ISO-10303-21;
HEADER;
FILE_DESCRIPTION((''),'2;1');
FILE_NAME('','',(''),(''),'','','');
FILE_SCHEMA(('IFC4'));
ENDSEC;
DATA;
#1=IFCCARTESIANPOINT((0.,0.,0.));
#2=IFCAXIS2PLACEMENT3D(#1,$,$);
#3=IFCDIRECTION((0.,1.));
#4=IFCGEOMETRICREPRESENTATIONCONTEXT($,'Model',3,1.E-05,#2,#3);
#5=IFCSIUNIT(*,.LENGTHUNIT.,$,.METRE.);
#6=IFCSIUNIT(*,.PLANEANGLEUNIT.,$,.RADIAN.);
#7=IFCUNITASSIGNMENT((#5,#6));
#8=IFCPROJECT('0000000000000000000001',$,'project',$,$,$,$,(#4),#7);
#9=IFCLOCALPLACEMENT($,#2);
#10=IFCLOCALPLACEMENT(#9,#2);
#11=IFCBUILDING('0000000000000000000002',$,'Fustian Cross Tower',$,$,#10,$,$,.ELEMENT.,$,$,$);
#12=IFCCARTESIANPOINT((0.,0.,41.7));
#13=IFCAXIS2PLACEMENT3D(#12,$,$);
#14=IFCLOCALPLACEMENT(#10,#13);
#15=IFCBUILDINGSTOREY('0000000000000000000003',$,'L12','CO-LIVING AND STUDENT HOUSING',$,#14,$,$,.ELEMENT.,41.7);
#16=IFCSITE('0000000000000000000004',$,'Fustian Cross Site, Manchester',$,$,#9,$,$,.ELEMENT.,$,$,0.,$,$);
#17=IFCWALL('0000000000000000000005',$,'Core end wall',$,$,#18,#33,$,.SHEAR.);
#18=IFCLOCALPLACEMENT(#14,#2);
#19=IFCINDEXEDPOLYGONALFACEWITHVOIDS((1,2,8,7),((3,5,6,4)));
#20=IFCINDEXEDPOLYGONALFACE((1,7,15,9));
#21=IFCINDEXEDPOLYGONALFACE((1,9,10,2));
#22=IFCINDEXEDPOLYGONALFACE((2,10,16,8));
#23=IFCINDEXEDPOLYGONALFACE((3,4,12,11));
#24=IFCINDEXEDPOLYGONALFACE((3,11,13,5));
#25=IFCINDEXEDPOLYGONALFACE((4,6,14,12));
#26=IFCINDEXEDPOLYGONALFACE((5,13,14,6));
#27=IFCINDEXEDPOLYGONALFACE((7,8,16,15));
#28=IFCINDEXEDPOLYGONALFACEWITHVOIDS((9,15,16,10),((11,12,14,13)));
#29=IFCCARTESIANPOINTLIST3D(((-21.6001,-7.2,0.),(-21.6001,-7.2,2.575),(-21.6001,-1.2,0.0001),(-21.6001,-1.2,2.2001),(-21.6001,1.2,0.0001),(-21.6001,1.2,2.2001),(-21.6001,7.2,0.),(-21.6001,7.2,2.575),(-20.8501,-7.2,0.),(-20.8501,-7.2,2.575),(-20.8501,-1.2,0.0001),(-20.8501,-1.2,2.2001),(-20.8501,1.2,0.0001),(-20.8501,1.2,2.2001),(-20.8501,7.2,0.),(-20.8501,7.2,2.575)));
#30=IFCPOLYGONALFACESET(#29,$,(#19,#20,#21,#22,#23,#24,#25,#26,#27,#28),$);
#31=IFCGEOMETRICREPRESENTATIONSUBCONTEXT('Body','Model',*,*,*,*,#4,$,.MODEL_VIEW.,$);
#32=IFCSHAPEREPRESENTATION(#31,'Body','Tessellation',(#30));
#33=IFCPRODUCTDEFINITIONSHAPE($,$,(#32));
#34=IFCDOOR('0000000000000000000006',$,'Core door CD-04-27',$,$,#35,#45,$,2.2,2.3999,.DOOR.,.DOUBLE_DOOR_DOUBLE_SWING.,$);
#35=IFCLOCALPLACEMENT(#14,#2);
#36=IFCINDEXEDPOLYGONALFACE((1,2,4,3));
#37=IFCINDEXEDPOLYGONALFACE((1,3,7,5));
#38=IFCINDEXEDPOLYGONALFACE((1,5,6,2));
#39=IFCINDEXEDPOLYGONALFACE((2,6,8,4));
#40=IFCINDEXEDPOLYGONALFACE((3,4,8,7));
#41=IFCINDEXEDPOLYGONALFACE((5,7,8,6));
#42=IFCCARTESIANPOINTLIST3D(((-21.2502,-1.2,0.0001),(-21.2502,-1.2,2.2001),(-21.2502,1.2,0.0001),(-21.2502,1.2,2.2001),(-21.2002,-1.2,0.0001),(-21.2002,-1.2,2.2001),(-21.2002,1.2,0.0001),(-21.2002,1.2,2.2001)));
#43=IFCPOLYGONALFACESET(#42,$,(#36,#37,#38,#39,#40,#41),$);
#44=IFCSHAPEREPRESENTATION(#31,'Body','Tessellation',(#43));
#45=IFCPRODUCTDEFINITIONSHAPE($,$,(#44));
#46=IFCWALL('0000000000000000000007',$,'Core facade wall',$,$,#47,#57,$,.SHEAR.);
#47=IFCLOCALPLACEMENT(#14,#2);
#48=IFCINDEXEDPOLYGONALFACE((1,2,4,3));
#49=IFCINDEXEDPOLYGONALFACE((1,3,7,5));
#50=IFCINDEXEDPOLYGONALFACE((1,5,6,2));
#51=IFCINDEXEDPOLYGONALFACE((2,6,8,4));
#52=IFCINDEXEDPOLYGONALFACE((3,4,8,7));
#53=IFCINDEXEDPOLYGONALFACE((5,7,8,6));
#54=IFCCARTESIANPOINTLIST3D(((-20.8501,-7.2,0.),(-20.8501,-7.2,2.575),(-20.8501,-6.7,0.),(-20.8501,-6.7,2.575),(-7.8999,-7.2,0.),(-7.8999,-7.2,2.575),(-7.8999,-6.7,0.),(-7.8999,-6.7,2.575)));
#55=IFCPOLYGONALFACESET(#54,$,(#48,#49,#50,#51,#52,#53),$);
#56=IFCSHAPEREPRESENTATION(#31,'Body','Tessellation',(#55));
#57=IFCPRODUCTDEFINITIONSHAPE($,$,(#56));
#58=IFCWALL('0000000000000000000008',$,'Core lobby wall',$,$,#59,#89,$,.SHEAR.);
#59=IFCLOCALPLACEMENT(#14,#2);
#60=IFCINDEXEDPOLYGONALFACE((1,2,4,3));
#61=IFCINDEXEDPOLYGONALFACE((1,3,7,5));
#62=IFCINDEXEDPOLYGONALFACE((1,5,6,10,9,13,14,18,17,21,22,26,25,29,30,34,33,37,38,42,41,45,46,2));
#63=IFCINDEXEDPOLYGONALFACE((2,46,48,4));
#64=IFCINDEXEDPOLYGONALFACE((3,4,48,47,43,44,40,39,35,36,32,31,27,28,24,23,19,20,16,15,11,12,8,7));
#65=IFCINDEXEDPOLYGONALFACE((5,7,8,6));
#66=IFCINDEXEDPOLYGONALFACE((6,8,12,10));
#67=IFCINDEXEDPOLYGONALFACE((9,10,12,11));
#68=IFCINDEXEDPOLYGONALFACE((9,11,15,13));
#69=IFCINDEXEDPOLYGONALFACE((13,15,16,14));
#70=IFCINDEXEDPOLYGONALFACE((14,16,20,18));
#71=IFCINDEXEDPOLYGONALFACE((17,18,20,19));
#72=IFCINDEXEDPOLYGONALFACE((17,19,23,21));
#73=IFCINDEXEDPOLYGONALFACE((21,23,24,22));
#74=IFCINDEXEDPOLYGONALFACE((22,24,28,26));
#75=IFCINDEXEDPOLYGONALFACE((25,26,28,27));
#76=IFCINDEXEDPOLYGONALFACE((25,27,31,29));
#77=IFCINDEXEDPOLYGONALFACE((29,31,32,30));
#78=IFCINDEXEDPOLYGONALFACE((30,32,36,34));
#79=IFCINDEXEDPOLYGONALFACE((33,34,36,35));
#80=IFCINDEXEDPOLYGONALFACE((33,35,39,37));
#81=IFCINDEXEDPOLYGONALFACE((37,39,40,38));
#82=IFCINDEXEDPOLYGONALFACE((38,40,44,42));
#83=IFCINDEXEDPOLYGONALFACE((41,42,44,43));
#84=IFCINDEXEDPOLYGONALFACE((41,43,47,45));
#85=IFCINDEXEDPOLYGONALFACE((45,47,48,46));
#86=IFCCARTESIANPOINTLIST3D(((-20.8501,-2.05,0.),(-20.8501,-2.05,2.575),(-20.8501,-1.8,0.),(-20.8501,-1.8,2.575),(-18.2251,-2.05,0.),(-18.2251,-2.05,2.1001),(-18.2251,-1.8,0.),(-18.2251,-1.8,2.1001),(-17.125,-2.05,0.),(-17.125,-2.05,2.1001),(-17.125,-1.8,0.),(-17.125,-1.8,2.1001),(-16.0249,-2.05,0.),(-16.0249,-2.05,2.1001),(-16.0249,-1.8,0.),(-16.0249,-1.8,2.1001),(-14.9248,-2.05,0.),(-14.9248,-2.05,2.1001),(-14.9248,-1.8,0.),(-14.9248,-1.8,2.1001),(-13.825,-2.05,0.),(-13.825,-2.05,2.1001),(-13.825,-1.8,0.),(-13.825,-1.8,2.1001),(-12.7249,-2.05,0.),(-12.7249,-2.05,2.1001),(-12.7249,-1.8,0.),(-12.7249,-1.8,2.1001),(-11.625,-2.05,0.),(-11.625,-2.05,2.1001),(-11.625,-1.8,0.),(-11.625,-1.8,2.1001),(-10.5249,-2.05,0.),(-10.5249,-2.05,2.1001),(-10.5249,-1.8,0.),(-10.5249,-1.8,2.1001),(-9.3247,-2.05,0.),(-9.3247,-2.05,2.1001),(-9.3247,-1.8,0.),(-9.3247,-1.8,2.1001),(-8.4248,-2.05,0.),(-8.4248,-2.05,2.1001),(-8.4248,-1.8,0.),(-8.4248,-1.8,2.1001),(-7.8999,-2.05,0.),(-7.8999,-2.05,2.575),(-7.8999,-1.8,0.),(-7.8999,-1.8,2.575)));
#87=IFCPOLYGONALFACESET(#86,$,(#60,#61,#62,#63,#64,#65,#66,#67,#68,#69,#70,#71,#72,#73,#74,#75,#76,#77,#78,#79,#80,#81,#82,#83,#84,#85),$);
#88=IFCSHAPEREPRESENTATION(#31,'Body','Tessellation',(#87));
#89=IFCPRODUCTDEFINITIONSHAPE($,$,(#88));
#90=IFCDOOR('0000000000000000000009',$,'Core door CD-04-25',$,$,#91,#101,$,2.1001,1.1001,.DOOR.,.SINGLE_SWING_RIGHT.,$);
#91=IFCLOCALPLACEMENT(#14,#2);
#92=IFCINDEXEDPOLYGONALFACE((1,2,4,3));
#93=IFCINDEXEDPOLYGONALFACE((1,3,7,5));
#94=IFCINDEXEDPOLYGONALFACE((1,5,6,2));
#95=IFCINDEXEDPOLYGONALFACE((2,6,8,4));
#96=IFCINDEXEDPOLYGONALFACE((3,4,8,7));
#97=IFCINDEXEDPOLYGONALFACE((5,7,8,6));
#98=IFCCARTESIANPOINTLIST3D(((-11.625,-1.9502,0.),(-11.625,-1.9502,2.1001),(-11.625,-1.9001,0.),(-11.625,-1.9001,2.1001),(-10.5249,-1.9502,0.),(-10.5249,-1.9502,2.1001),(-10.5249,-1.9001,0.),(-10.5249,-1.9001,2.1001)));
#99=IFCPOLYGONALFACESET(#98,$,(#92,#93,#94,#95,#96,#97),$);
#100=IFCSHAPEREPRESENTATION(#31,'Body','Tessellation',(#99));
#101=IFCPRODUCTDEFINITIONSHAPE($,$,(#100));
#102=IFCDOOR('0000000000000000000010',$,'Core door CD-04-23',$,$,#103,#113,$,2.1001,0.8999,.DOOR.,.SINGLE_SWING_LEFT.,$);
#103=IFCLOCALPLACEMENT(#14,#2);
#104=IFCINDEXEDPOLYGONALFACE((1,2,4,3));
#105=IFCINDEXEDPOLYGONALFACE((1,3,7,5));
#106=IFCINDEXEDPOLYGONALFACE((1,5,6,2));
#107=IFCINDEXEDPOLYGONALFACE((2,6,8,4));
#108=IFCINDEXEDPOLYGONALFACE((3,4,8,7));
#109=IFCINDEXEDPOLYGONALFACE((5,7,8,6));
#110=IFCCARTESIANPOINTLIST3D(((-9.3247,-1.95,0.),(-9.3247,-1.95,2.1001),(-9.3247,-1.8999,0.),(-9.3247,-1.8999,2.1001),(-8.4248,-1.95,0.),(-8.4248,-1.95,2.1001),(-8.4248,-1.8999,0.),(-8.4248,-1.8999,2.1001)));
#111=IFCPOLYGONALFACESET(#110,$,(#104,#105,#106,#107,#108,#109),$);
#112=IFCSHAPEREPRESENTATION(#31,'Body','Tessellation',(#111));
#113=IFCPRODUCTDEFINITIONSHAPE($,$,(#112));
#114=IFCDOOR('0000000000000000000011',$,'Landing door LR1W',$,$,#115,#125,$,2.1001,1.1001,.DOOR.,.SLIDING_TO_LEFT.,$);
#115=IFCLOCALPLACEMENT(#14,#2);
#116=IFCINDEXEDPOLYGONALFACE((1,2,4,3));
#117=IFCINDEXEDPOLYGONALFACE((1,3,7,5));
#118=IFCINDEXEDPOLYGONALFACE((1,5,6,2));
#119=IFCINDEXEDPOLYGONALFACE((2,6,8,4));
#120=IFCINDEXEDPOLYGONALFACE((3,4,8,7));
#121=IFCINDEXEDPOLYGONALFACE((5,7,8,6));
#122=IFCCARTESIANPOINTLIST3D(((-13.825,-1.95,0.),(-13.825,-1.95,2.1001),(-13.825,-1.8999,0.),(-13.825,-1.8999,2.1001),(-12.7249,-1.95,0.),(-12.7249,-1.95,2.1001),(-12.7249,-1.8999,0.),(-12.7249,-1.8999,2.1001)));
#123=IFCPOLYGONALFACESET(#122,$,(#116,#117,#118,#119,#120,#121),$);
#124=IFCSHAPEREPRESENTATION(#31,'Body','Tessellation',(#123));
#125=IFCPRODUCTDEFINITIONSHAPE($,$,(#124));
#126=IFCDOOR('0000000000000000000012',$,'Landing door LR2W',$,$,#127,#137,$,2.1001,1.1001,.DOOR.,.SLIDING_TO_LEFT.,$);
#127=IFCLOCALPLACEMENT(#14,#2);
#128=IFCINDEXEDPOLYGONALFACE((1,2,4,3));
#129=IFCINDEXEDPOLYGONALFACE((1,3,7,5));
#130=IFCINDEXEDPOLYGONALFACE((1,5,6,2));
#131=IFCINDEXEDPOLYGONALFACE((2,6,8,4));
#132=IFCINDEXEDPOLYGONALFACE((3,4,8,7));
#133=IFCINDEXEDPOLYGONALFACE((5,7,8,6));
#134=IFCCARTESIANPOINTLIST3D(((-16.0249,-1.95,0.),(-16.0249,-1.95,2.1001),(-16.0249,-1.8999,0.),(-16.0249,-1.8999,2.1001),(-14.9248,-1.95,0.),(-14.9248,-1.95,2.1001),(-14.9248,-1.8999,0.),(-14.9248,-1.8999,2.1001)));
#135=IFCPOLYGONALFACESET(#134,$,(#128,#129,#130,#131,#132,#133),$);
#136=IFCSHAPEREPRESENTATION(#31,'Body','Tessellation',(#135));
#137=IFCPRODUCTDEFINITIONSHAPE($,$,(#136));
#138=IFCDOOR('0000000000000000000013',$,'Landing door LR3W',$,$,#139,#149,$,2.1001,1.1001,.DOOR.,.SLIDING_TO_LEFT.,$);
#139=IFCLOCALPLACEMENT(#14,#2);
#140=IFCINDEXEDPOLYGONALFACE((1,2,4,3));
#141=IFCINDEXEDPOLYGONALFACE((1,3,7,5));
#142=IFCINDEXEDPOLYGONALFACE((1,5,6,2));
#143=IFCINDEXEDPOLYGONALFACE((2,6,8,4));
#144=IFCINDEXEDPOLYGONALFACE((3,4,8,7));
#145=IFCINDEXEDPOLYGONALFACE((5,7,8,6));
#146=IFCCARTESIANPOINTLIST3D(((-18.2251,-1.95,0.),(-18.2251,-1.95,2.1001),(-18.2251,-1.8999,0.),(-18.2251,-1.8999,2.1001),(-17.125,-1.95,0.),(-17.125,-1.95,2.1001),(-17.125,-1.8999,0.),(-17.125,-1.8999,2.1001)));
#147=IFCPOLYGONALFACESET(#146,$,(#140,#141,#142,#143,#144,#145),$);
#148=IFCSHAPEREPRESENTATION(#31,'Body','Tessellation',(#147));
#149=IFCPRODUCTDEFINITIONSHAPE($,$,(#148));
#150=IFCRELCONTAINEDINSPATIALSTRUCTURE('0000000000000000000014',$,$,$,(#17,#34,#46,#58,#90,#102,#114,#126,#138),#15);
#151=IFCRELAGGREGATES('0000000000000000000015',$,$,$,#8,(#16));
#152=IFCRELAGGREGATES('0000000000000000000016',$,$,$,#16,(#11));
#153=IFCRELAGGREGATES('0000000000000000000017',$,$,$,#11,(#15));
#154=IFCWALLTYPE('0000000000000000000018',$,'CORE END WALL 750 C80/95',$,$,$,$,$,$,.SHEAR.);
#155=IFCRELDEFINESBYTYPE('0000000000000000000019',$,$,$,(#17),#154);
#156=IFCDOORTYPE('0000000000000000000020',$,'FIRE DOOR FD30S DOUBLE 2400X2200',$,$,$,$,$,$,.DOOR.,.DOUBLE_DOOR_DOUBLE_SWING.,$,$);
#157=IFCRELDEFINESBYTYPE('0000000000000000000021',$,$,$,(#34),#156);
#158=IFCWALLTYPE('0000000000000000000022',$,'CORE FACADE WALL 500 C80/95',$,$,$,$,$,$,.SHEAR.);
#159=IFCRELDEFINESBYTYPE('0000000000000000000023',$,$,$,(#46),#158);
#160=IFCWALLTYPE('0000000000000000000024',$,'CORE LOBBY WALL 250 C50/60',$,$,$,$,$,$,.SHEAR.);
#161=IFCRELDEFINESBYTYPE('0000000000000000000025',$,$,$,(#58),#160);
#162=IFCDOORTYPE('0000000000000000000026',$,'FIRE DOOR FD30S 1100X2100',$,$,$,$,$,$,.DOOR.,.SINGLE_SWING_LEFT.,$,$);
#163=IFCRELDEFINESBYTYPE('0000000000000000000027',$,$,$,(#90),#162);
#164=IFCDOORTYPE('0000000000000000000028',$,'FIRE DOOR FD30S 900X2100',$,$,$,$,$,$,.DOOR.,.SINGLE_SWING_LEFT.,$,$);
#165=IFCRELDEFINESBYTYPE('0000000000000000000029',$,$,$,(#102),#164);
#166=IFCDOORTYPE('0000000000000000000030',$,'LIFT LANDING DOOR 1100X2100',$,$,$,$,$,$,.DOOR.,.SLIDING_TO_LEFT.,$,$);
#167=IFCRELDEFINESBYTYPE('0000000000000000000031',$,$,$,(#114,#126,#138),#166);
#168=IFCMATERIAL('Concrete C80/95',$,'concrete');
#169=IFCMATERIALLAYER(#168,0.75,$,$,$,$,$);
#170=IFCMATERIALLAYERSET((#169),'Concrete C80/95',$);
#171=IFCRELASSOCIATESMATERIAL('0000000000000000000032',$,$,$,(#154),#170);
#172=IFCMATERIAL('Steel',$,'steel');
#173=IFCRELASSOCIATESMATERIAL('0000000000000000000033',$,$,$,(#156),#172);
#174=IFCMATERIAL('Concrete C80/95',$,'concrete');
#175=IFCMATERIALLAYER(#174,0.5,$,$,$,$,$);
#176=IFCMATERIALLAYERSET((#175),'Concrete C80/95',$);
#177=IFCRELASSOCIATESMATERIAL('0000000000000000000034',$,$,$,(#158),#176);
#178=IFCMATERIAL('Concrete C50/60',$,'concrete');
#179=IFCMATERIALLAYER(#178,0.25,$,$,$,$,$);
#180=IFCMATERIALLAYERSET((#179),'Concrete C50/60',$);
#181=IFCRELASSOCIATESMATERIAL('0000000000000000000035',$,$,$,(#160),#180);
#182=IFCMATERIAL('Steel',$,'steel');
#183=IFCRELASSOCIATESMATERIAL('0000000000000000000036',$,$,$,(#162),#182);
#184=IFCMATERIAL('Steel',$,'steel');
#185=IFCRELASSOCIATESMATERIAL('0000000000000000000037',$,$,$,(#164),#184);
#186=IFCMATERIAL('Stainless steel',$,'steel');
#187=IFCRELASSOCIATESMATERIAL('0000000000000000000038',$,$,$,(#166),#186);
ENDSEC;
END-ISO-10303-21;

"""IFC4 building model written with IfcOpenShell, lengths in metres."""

from ifc_helpers import new_model, si_unit, direction, frame, frame_2d, origin, place, context, subcontext, project, spatial, rectangle, extrude, material, layer, layer_set, type_object, element, fill, save


model = new_model("IFC4")

# Units and contexts
model_context = context("Model", 3, precision=1e-05, world=origin(), true_north=direction((0.0, 1.0)))
body_context = subcontext(model_context, "Body", "Model", "MODEL_VIEW")
ifc_project = project(units=[si_unit("LENGTHUNIT", "METRE"), si_unit("PLANEANGLEUNIT", "RADIAN")], contexts=[model_context])

# Site, building, storey
site_placement = place(None, origin())
site = spatial("IfcSite", under=ifc_project, at=site_placement, Name="Fustian Cross Site, Manchester", CompositionType="ELEMENT", RefElevation=0.0)
building_placement = place(site_placement, origin())
building = spatial("IfcBuilding", under=site, at=building_placement, Name="Fustian Cross Tower", CompositionType="ELEMENT")
storey_placement = place(building_placement, frame((0.0, 0.0, 41.7)))
storey = spatial("IfcBuildingStorey", under=building, at=storey_placement, Name="L12", Description="CO-LIVING AND STUDENT HOUSING", CompositionType="ELEMENT", Elevation=41.7)

# Wall, opening, door
ifc_material_1 = material(Name="Concrete C80/95", Category="concrete")
ifc_layer_1 = layer(ifc_material_1, 0.75)
ifc_layer_set_1 = layer_set([ifc_layer_1], Name="Concrete C80/95")
wall_type_1 = type_object("IfcWallType", Name="CORE END WALL 750 C80/95", PredefinedType="SHEAR", material=ifc_layer_set_1)
wall_1_placement = place(storey_placement, frame((-21.2251, -7.2, 0.0), z_axis=(0.0, 0.0, 1.0), x_axis=(0.0, 1.0, 0.0)))
wall_1 = element("IfcWall", 1, at=wall_1_placement, inside=storey, type_object=wall_type_1, Name="Core end wall", PredefinedType="SHEAR", context=body_context, shape_type="SweptSolid", body=[
    extrude(rectangle(XDim=14.3999, YDim=0.75, at=frame_2d((7.2, 0.0))), origin(), (0.0, 0.0, 1.0), 2.575),
])
opening_1_placement = place(wall_1_placement, frame((6.0, 0.0, 0.0)))
opening_1 = element("IfcOpeningElement", 2, at=opening_1_placement, cuts=wall_1, PredefinedType="OPENING", context=body_context, shape_type="SweptSolid", body=[
    extrude(rectangle(XDim=2.3999, YDim=2.2, at=frame_2d((1.2, 1.1001))), frame((0.0, 0.385, 0.0), z_axis=(0.0, -1.0, 0.0), x_axis=(1.0, 0.0, 0.0)), (0.0, 0.0, 1.0), 0.77),
])
ifc_material_2 = material(Name="Steel", Category="steel")
door_type_1 = type_object("IfcDoorType", Name="FIRE DOOR FD30S DOUBLE 2400X2200", OperationType="DOUBLE_DOOR_DOUBLE_SWING", PredefinedType="DOOR", material=ifc_material_2)
door_1_placement = place(opening_1_placement, frame((2.3999, 0.0, 0.0), z_axis=(0.0, 0.0, 1.0), x_axis=(-1.0, 0.0, 0.0)))
door_1 = element("IfcDoor", 3, at=door_1_placement, inside=storey, type_object=door_type_1, Name="Core door CD-04-27", OperationType="DOUBLE_DOOR_DOUBLE_SWING", OverallHeight=2.2, OverallWidth=2.3999, PredefinedType="DOOR", context=body_context, shape_type="SweptSolid", body=[
    extrude(rectangle(XDim=2.3999, YDim=2.2, at=frame_2d((1.2, 1.1001))), frame((0.0, 0.0249, 0.0), z_axis=(0.0, -1.0, 0.0), x_axis=(1.0, 0.0, 0.0)), (0.0, 0.0, 1.0), 0.05),
])
fill(opening_1, door_1)

# Wall
ifc_material_3 = material(Name="Concrete C80/95", Category="concrete")
ifc_layer_2 = layer(ifc_material_3, 0.5)
ifc_layer_set_2 = layer_set([ifc_layer_2], Name="Concrete C80/95")
wall_type_2 = type_object("IfcWallType", Name="CORE FACADE WALL 500 C80/95", PredefinedType="SHEAR", material=ifc_layer_set_2)
wall_2_placement = place(storey_placement, frame((-7.8999, -6.95, 0.0), z_axis=(0.0, 0.0, 1.0), x_axis=(-1.0, 0.0, 0.0)))
element("IfcWall", 4, at=wall_2_placement, inside=storey, type_object=wall_type_2, Name="Core facade wall", PredefinedType="SHEAR", context=body_context, shape_type="SweptSolid", body=[
    extrude(rectangle(XDim=12.9502, YDim=0.5, at=frame_2d((6.4751, 0.0))), origin(), (0.0, 0.0, 1.0), 2.575),
])

# Wall, openings, doors
ifc_material_4 = material(Name="Concrete C50/60", Category="concrete")
ifc_layer_3 = layer(ifc_material_4, 0.25)
ifc_layer_set_3 = layer_set([ifc_layer_3], Name="Concrete C50/60")
wall_type_3 = type_object("IfcWallType", Name="CORE LOBBY WALL 250 C50/60", PredefinedType="SHEAR", material=ifc_layer_set_3)
wall_3_placement = place(storey_placement, frame((-7.8999, -1.925, 0.0), z_axis=(0.0, 0.0, 1.0), x_axis=(-1.0, 0.0, 0.0)))
wall_3 = element("IfcWall", 5, at=wall_3_placement, inside=storey, type_object=wall_type_3, Name="Core lobby wall", PredefinedType="SHEAR", context=body_context, shape_type="SweptSolid", body=[
    extrude(rectangle(XDim=12.9502, YDim=0.25, at=frame_2d((6.4751, 0.0))), origin(), (0.0, 0.0, 1.0), 2.575),
])
opening_2_placement = place(wall_3_placement, frame((4.825, 0.0, 0.0)))
opening_2 = element("IfcOpeningElement", 6, at=opening_2_placement, cuts=wall_3, PredefinedType="OPENING", context=body_context, shape_type="SweptSolid", body=[
    extrude(rectangle(XDim=1.1001, YDim=2.1001, at=frame_2d((0.55, 1.05))), frame((0.0, 0.135, 0.0), z_axis=(0.0, -1.0, 0.0), x_axis=(1.0, 0.0, 0.0)), (0.0, 0.0, 1.0), 0.27),
])
opening_3_placement = place(wall_3_placement, frame((7.0249, 0.0, 0.0)))
opening_3 = element("IfcOpeningElement", 7, at=opening_3_placement, cuts=wall_3, PredefinedType="OPENING", context=body_context, shape_type="SweptSolid", body=[
    extrude(rectangle(XDim=1.1001, YDim=2.1001, at=frame_2d((0.55, 1.05))), frame((0.0, 0.135, 0.0), z_axis=(0.0, -1.0, 0.0), x_axis=(1.0, 0.0, 0.0)), (0.0, 0.0, 1.0), 0.27),
])
opening_4_placement = place(wall_3_placement, frame((9.2251, 0.0, 0.0)))
opening_4 = element("IfcOpeningElement", 8, at=opening_4_placement, cuts=wall_3, PredefinedType="OPENING", context=body_context, shape_type="SweptSolid", body=[
    extrude(rectangle(XDim=1.1001, YDim=2.1001, at=frame_2d((0.55, 1.05))), frame((0.0, 0.135, 0.0), z_axis=(0.0, -1.0, 0.0), x_axis=(1.0, 0.0, 0.0)), (0.0, 0.0, 1.0), 0.27),
])
opening_5_placement = place(wall_3_placement, frame((0.5249, 0.0, 0.0)))
opening_5 = element("IfcOpeningElement", 9, at=opening_5_placement, cuts=wall_3, PredefinedType="OPENING", context=body_context, shape_type="SweptSolid", body=[
    extrude(rectangle(XDim=0.8999, YDim=2.1001, at=frame_2d((0.45, 1.05))), frame((0.0, 0.135, 0.0), z_axis=(0.0, -1.0, 0.0), x_axis=(1.0, 0.0, 0.0)), (0.0, 0.0, 1.0), 0.27),
])
opening_6_placement = place(wall_3_placement, frame((2.625, 0.0, 0.0)))
opening_6 = element("IfcOpeningElement", 10, at=opening_6_placement, cuts=wall_3, PredefinedType="OPENING", context=body_context, shape_type="SweptSolid", body=[
    extrude(rectangle(XDim=1.1001, YDim=2.1001, at=frame_2d((0.55, 1.05))), frame((0.0, 0.135, 0.0), z_axis=(0.0, -1.0, 0.0), x_axis=(1.0, 0.0, 0.0)), (0.0, 0.0, 1.0), 0.27),
])
ifc_material_5 = material(Name="Steel", Category="steel")
door_type_2 = type_object("IfcDoorType", Name="FIRE DOOR FD30S 1100X2100", OperationType="SINGLE_SWING_LEFT", PredefinedType="DOOR", material=ifc_material_5)
door_2_placement = place(opening_6_placement, frame((1.1001, 0.0, 0.0), z_axis=(0.0, 0.0, 1.0), x_axis=(-1.0, 0.0, 0.0)))
door_2 = element("IfcDoor", 11, at=door_2_placement, inside=storey, type_object=door_type_2, Name="Core door CD-04-25", OperationType="SINGLE_SWING_RIGHT", OverallHeight=2.1001, OverallWidth=1.1001, PredefinedType="DOOR", context=body_context, shape_type="SweptSolid", body=[
    extrude(rectangle(XDim=1.1001, YDim=2.1001, at=frame_2d((0.55, 1.05))), frame((0.0, 0.0249, 0.0), z_axis=(0.0, -1.0, 0.0), x_axis=(1.0, 0.0, 0.0)), (0.0, 0.0, 1.0), 0.05),
])
fill(opening_6, door_2)
ifc_material_6 = material(Name="Steel", Category="steel")
door_type_3 = type_object("IfcDoorType", Name="FIRE DOOR FD30S 900X2100", OperationType="SINGLE_SWING_LEFT", PredefinedType="DOOR", material=ifc_material_6)
door_3_placement = place(opening_5_placement, origin())
door_3 = element("IfcDoor", 12, at=door_3_placement, inside=storey, type_object=door_type_3, Name="Core door CD-04-23", OperationType="SINGLE_SWING_LEFT", OverallHeight=2.1001, OverallWidth=0.8999, PredefinedType="DOOR", context=body_context, shape_type="SweptSolid", body=[
    extrude(rectangle(XDim=0.8999, YDim=2.1001, at=frame_2d((0.45, 1.05))), frame((0.0, 0.0249, 0.0), z_axis=(0.0, -1.0, 0.0), x_axis=(1.0, 0.0, 0.0)), (0.0, 0.0, 1.0), 0.05),
])
fill(opening_5, door_3)
ifc_material_7 = material(Name="Stainless steel", Category="steel")
door_type_4 = type_object("IfcDoorType", Name="LIFT LANDING DOOR 1100X2100", OperationType="SLIDING_TO_LEFT", PredefinedType="DOOR", material=ifc_material_7)
door_4_placement = place(opening_2_placement, origin())
door_4 = element("IfcDoor", 13, at=door_4_placement, inside=storey, type_object=door_type_4, Name="Landing door LR1W", OperationType="SLIDING_TO_LEFT", OverallHeight=2.1001, OverallWidth=1.1001, PredefinedType="DOOR", context=body_context, shape_type="SweptSolid", body=[
    extrude(rectangle(XDim=1.1001, YDim=2.1001, at=frame_2d((0.55, 1.05))), frame((0.0, 0.0249, 0.0), z_axis=(0.0, -1.0, 0.0), x_axis=(1.0, 0.0, 0.0)), (0.0, 0.0, 1.0), 0.05),
])
fill(opening_2, door_4)
door_5_placement = place(opening_3_placement, origin())
door_5 = element("IfcDoor", 14, at=door_5_placement, inside=storey, type_object=door_type_4, Name="Landing door LR2W", OperationType="SLIDING_TO_LEFT", OverallHeight=2.1001, OverallWidth=1.1001, PredefinedType="DOOR", context=body_context, shape_type="SweptSolid", body=[
    extrude(rectangle(XDim=1.1001, YDim=2.1001, at=frame_2d((0.55, 1.05))), frame((0.0, 0.0249, 0.0), z_axis=(0.0, -1.0, 0.0), x_axis=(1.0, 0.0, 0.0)), (0.0, 0.0, 1.0), 0.05),
])
fill(opening_3, door_5)
door_6_placement = place(opening_4_placement, origin())
door_6 = element("IfcDoor", 15, at=door_6_placement, inside=storey, type_object=door_type_4, Name="Landing door LR3W", OperationType="SLIDING_TO_LEFT", OverallHeight=2.1001, OverallWidth=1.1001, PredefinedType="DOOR", context=body_context, shape_type="SweptSolid", body=[
    extrude(rectangle(XDim=1.1001, YDim=2.1001, at=frame_2d((0.55, 1.05))), frame((0.0, 0.0249, 0.0), z_axis=(0.0, -1.0, 0.0), x_axis=(1.0, 0.0, 0.0)), (0.0, 0.0, 1.0), 0.05),
])
fill(opening_4, door_6)

save(model, "model.ifc")
